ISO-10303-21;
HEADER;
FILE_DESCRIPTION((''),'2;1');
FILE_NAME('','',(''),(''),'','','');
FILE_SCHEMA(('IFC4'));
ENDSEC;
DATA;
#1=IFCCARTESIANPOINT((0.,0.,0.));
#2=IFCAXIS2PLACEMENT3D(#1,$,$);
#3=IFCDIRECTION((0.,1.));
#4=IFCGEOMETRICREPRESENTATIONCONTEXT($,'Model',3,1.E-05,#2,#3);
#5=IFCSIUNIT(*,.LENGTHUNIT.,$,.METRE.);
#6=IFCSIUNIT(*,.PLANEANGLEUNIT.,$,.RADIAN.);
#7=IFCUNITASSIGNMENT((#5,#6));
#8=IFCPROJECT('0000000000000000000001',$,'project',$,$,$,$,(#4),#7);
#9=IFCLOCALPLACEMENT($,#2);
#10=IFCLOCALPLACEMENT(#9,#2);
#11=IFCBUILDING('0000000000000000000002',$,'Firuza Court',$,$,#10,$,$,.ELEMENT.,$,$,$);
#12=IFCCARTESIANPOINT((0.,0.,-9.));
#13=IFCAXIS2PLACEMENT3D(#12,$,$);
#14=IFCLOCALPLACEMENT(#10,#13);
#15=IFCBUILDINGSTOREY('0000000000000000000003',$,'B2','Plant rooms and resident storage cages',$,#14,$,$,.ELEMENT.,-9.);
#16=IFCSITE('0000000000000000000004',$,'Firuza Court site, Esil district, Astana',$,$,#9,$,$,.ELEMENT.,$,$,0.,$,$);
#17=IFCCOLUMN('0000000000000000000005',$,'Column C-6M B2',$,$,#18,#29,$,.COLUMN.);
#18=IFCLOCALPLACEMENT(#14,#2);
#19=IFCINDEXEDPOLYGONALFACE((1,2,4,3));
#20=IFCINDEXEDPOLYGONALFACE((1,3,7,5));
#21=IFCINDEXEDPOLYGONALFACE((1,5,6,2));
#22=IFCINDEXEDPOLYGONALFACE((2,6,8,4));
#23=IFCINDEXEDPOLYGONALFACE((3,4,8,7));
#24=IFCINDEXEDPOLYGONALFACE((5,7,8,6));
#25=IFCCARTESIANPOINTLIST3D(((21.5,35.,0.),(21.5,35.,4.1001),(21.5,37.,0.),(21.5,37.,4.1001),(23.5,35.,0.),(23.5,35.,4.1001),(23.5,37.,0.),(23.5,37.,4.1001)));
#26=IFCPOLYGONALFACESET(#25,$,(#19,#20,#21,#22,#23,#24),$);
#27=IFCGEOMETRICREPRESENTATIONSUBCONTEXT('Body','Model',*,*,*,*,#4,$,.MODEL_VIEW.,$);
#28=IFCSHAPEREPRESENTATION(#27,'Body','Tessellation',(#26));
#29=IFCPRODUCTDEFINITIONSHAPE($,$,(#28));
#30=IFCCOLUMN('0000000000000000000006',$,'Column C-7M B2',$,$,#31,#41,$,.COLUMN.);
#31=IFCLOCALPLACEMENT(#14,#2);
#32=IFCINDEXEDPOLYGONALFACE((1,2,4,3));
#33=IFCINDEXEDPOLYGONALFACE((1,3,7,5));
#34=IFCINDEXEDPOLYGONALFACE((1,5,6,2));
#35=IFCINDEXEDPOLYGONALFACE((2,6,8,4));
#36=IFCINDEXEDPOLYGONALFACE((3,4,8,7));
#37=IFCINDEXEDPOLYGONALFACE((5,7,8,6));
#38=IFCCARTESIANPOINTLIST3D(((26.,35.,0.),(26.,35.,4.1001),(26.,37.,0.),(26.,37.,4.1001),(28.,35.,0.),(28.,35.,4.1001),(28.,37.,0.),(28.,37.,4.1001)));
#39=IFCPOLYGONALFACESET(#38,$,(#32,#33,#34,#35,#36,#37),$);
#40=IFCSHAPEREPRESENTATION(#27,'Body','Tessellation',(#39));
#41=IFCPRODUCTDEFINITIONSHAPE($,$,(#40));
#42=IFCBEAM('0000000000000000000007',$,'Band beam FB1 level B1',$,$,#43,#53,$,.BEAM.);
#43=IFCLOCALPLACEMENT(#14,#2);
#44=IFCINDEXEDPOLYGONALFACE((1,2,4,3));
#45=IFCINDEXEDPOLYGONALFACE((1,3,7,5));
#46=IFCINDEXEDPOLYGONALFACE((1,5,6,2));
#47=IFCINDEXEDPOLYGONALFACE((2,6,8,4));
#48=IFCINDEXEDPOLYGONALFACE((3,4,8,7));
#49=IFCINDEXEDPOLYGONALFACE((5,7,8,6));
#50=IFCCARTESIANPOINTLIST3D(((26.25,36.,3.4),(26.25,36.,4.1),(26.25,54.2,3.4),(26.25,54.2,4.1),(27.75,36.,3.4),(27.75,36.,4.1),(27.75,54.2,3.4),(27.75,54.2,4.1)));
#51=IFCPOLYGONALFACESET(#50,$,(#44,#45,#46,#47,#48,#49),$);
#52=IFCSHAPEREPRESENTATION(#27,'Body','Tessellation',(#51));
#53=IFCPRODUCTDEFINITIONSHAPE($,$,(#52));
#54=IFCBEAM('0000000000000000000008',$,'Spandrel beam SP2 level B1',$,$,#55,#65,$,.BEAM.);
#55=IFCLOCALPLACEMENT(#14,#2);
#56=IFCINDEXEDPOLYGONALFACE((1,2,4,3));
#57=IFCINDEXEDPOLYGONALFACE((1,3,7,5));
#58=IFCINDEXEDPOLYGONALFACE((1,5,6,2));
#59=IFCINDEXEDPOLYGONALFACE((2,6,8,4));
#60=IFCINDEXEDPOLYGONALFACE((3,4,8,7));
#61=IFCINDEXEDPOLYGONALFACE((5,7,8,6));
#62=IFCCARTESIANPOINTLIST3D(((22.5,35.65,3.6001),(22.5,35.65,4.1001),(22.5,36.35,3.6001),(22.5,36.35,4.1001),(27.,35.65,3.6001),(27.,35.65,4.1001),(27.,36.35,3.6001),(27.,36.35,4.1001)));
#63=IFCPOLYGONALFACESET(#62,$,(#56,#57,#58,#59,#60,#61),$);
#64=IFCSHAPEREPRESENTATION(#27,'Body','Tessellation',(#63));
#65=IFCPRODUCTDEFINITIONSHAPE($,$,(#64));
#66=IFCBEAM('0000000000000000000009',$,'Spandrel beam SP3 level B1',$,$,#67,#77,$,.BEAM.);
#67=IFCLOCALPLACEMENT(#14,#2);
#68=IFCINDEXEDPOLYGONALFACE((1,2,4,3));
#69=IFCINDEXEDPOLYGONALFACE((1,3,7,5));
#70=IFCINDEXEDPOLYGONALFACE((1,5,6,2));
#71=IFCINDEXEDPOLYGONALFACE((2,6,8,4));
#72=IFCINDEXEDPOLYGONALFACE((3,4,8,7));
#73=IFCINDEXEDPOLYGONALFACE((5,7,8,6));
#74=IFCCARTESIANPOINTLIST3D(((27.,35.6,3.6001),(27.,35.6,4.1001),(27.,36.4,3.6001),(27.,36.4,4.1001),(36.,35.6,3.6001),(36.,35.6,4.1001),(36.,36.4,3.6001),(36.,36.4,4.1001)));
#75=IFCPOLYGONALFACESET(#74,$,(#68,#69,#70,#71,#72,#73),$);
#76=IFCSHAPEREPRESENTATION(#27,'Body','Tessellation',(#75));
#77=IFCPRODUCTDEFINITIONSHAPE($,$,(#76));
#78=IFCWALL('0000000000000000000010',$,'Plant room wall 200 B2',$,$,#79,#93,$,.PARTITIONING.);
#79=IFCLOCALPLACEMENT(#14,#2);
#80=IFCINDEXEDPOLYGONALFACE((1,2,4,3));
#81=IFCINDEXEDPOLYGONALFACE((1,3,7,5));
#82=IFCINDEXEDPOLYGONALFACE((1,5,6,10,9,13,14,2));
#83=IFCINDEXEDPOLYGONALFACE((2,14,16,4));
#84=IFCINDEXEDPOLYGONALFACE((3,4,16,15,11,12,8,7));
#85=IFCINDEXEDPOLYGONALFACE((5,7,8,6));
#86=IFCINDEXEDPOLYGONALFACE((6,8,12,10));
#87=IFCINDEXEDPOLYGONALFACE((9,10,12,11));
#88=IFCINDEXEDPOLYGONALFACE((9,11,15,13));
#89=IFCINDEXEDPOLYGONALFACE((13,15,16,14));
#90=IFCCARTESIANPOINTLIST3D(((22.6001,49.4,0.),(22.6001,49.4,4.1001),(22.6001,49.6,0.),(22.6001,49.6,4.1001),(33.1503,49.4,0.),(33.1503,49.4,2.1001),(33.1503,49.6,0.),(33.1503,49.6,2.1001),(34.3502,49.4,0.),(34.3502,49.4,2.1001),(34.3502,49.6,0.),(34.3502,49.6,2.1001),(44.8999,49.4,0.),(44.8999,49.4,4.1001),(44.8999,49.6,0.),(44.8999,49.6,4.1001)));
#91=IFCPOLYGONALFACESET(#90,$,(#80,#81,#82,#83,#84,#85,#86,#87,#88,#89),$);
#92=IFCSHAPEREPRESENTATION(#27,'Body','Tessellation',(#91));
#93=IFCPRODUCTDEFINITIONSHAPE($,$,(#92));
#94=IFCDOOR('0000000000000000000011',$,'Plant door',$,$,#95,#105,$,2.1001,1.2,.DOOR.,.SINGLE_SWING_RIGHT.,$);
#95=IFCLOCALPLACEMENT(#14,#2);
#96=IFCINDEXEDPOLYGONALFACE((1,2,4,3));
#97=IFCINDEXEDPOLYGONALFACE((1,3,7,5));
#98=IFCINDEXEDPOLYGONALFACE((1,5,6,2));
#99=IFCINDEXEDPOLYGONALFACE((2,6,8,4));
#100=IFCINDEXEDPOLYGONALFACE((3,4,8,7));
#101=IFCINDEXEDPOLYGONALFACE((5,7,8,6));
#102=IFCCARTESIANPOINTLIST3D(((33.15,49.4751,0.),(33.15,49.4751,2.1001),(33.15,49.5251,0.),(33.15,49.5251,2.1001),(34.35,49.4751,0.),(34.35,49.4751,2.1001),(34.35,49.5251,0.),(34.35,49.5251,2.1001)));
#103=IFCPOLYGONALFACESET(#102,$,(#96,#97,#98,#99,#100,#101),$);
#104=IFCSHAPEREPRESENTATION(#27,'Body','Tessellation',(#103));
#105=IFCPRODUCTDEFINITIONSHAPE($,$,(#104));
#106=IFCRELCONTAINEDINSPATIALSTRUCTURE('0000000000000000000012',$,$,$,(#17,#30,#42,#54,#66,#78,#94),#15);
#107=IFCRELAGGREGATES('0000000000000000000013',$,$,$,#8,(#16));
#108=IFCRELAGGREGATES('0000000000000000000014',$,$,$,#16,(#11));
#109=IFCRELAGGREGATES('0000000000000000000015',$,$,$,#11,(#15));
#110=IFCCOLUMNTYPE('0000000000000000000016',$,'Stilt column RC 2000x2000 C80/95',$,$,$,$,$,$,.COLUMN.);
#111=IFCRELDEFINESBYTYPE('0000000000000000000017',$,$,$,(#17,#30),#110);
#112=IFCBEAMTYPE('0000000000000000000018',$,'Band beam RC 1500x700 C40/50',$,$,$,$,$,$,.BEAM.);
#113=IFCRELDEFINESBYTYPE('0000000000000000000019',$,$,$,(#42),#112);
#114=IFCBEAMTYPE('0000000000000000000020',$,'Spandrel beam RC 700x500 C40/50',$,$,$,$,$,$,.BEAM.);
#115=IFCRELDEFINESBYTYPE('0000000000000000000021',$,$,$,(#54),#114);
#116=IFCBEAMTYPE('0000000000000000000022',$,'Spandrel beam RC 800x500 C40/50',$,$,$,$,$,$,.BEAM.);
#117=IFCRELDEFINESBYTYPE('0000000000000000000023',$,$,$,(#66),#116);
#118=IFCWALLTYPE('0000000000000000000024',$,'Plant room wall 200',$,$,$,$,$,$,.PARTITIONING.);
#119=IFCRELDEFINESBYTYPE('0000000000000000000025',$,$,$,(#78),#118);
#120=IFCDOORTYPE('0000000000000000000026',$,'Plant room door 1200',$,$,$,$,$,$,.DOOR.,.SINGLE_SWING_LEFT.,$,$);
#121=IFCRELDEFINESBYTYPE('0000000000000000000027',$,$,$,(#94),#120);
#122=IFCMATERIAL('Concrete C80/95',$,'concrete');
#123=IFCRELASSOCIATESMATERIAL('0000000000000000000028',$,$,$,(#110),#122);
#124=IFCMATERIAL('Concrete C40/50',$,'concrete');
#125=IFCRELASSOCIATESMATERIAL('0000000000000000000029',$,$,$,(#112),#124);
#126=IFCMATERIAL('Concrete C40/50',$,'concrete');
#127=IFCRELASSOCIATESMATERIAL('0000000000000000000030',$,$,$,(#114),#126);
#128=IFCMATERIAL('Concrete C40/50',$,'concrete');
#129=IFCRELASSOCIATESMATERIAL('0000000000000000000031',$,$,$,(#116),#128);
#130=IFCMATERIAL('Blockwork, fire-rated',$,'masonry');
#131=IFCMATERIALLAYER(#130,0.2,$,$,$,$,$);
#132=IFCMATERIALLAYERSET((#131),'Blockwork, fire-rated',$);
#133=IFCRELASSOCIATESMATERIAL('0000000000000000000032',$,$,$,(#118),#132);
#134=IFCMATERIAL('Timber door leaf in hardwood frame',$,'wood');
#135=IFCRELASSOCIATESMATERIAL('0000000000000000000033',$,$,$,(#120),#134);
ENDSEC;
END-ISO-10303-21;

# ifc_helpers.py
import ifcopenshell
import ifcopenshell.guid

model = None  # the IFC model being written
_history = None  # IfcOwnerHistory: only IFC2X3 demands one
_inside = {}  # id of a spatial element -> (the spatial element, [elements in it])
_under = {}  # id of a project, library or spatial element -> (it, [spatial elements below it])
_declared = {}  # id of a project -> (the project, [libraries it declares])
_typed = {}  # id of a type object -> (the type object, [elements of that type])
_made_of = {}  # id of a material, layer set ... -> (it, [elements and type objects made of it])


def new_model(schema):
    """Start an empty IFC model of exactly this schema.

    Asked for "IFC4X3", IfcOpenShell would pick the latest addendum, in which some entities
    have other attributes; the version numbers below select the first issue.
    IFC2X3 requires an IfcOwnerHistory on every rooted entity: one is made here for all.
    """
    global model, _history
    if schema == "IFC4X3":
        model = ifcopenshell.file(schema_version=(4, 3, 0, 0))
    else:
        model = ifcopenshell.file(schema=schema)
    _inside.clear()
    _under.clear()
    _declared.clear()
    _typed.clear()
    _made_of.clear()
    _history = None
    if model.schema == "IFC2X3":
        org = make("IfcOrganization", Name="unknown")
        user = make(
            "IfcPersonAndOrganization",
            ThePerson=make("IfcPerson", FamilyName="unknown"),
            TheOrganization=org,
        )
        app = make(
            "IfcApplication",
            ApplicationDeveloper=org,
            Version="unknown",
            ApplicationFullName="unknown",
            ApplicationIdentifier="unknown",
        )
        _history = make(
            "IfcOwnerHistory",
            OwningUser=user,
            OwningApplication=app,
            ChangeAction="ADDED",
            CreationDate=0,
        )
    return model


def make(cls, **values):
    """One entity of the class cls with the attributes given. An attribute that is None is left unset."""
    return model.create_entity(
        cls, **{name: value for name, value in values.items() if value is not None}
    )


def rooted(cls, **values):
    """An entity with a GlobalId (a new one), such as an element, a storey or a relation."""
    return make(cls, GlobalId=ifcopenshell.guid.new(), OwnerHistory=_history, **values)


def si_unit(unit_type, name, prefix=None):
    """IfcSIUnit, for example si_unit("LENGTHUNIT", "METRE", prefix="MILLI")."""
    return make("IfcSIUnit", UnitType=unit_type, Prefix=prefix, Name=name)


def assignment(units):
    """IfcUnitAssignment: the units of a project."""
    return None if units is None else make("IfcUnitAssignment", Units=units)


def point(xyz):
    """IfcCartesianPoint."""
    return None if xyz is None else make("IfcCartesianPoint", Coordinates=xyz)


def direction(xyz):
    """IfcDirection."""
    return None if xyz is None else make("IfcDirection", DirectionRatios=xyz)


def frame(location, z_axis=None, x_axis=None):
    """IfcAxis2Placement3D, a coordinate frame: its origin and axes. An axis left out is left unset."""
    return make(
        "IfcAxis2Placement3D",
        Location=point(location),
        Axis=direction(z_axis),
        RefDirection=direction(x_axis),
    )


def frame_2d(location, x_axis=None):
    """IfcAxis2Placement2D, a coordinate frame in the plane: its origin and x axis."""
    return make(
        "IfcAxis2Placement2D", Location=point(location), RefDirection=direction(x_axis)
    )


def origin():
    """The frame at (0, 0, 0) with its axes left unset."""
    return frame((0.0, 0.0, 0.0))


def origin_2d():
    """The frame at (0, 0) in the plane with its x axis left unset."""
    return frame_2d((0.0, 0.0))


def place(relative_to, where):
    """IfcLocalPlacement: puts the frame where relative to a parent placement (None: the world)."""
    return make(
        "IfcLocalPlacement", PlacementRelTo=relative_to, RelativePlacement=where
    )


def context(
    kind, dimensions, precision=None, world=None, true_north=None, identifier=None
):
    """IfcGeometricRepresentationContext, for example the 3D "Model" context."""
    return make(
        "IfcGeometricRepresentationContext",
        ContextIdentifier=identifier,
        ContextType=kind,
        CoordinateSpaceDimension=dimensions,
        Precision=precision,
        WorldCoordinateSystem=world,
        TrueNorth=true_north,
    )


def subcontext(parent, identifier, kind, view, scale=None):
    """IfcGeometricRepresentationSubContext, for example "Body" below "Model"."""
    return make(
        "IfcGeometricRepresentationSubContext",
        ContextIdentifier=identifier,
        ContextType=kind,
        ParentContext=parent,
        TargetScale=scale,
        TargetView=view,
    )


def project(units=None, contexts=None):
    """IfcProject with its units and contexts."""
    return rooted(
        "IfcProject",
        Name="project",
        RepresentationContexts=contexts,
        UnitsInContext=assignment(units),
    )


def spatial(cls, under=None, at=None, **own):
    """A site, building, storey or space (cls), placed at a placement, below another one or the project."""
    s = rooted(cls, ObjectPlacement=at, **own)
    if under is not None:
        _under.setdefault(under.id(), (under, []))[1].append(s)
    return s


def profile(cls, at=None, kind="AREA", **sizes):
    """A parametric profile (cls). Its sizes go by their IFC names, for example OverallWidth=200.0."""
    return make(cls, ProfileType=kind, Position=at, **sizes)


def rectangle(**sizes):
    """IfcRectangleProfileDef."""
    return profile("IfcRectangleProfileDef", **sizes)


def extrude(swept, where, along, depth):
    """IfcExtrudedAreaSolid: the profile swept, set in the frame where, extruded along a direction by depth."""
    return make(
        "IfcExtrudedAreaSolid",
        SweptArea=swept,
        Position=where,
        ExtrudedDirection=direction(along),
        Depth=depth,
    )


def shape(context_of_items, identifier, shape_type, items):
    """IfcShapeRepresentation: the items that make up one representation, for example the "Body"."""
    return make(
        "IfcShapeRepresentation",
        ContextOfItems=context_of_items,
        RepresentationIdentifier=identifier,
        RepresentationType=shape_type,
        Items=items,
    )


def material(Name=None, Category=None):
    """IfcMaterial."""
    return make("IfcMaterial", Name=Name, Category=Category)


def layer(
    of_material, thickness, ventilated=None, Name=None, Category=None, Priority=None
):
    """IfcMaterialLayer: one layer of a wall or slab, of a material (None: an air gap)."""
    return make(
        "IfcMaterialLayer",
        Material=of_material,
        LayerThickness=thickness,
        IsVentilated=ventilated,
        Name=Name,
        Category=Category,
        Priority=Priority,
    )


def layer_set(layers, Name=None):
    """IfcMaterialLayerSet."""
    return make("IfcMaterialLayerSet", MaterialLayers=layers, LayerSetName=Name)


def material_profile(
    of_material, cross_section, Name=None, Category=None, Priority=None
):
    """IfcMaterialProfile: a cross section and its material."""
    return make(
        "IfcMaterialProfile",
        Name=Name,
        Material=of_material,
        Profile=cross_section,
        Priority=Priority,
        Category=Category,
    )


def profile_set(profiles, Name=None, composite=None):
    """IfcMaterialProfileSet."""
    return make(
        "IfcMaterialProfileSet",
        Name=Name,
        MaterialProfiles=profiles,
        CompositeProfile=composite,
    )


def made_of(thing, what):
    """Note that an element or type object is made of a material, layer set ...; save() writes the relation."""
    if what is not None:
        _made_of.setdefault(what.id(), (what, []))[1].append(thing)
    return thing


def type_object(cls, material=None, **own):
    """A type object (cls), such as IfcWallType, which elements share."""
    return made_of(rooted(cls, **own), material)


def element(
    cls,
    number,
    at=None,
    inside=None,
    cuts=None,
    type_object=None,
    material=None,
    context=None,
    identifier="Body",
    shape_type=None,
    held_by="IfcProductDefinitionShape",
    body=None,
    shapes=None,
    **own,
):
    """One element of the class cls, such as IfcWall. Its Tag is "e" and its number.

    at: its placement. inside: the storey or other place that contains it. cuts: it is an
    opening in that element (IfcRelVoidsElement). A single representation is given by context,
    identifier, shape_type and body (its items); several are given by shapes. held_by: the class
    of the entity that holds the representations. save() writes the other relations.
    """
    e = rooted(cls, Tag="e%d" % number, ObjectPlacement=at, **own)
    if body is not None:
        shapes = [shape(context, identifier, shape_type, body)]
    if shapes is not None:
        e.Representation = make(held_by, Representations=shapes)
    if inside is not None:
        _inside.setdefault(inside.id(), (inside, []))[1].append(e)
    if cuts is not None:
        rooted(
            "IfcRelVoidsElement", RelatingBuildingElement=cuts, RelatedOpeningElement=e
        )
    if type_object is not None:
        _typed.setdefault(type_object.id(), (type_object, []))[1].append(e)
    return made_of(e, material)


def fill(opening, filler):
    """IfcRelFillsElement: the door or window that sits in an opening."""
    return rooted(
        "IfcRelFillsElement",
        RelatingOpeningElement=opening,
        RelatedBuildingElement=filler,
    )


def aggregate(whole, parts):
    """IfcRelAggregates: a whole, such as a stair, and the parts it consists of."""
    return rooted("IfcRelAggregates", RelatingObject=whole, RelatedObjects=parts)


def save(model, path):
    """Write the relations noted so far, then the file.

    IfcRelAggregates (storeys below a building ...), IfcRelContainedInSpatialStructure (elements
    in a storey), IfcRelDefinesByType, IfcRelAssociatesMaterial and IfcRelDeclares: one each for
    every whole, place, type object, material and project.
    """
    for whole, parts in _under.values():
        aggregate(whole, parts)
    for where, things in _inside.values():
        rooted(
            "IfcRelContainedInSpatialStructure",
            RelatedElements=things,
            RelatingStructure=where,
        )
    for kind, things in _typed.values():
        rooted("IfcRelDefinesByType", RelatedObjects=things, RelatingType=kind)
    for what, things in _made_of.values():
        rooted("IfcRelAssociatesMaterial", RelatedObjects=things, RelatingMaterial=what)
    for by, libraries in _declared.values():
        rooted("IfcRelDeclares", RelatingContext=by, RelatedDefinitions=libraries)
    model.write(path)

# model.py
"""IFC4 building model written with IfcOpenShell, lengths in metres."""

from ifc_helpers import new_model, si_unit, direction, frame, frame_2d, origin, origin_2d, place, context, subcontext, project, spatial, rectangle, extrude, material, layer, layer_set, material_profile, profile_set, type_object, element, fill, save


model = new_model("IFC4")

# Units and contexts
model_context = context("Model", 3, precision=1e-05, world=origin(), true_north=direction((0.0, 1.0)))
body_context = subcontext(model_context, "Body", "Model", "MODEL_VIEW")
ifc_project = project(units=[si_unit("LENGTHUNIT", "METRE"), si_unit("PLANEANGLEUNIT", "RADIAN")], contexts=[model_context])

# Site, building, storey
site_placement = place(None, origin())
site = spatial("IfcSite", under=ifc_project, at=site_placement, Name="Firuza Court site, Esil district, Astana", CompositionType="ELEMENT", RefElevation=0.0)
building_placement = place(site_placement, origin())
building = spatial("IfcBuilding", under=site, at=building_placement, Name="Firuza Court", CompositionType="ELEMENT")
storey_placement = place(building_placement, frame((0.0, 0.0, -9.0)))
storey = spatial("IfcBuildingStorey", under=building, at=storey_placement, Name="B2", Description="Plant rooms and resident storage cages", CompositionType="ELEMENT", Elevation=-9.0)

# Columns
ifc_material_1 = material(Name="Concrete C80/95", Category="concrete")
ifc_material_profile_1 = material_profile(ifc_material_1, rectangle(XDim=2.0, YDim=2.0, at=origin_2d()), Name="RC 2000x2000")
ifc_profile_set_1 = profile_set([ifc_material_profile_1], Name="Concrete C80/95")
column_type = type_object("IfcColumnType", Name="Stilt column RC 2000x2000 C80/95", PredefinedType="COLUMN", material=ifc_profile_set_1)
for number, where, z_axis, x_axis, name in (
    (1, (22.5, 36.0, 0.0), (0.0, 0.0, 1.0), (1.0, 0.0, 0.0), "Column C-6M B2"),
    (2, (27.0, 36.0, 0.0), (0.0, 0.0, 1.0), (1.0, 0.0, 0.0), "Column C-7M B2"),
):
    element("IfcColumn", number, at=place(storey_placement, frame(where, z_axis=z_axis, x_axis=x_axis)), inside=storey, type_object=column_type, Name=name, PredefinedType="COLUMN", context=body_context, shape_type="SweptSolid", body=[
        extrude(rectangle(XDim=2.0, YDim=2.0, at=origin_2d()), origin(), (0.0, 0.0, 1.0), 4.1001),
    ])

# Beams
ifc_material_2 = material(Name="Concrete C40/50", Category="concrete")
ifc_material_profile_2 = material_profile(ifc_material_2, rectangle(XDim=1.5, YDim=0.7, at=origin_2d()), Name="RC 1500x700")
ifc_profile_set_2 = profile_set([ifc_material_profile_2], Name="Concrete C40/50")
beam_type_1 = type_object("IfcBeamType", Name="Band beam RC 1500x700 C40/50", PredefinedType="BEAM", material=ifc_profile_set_2)
beam_1_placement = place(storey_placement, frame((27.0, 36.0, 3.75), z_axis=(0.0, 1.0, 0.0), x_axis=(-1.0, 0.0, 0.0)))
element("IfcBeam", 3, at=beam_1_placement, inside=storey, type_object=beam_type_1, Name="Band beam FB1 level B1", PredefinedType="BEAM", context=body_context, shape_type="SweptSolid", body=[
    extrude(rectangle(XDim=1.5, YDim=0.7, at=origin_2d()), origin(), (0.0, 0.0, 1.0), 18.2),
])
ifc_material_3 = material(Name="Concrete C40/50", Category="concrete")
ifc_material_profile_3 = material_profile(ifc_material_3, rectangle(XDim=0.7, YDim=0.5, at=origin_2d()), Name="RC 700x500")
ifc_profile_set_3 = profile_set([ifc_material_profile_3], Name="Concrete C40/50")
beam_type_2 = type_object("IfcBeamType", Name="Spandrel beam RC 700x500 C40/50", PredefinedType="BEAM", material=ifc_profile_set_3)
beam_2_placement = place(storey_placement, frame((22.5, 36.0, 3.8501), z_axis=(1.0, 0.0, 0.0), x_axis=(0.0, 1.0, 0.0)))
element("IfcBeam", 4, at=beam_2_placement, inside=storey, type_object=beam_type_2, Name="Spandrel beam SP2 level B1", PredefinedType="BEAM", context=body_context, shape_type="SweptSolid", body=[
    extrude(rectangle(XDim=0.7, YDim=0.5, at=origin_2d()), origin(), (0.0, 0.0, 1.0), 4.5),
])
ifc_material_4 = material(Name="Concrete C40/50", Category="concrete")
ifc_material_profile_4 = material_profile(ifc_material_4, rectangle(XDim=0.8, YDim=0.5, at=origin_2d()), Name="RC 800x500")
ifc_profile_set_4 = profile_set([ifc_material_profile_4], Name="Concrete C40/50")
beam_type_3 = type_object("IfcBeamType", Name="Spandrel beam RC 800x500 C40/50", PredefinedType="BEAM", material=ifc_profile_set_4)
beam_3_placement = place(storey_placement, frame((27.0, 36.0, 3.8501), z_axis=(1.0, 0.0, 0.0), x_axis=(0.0, 1.0, 0.0)))
element("IfcBeam", 5, at=beam_3_placement, inside=storey, type_object=beam_type_3, Name="Spandrel beam SP3 level B1", PredefinedType="BEAM", context=body_context, shape_type="SweptSolid", body=[
    extrude(rectangle(XDim=0.8, YDim=0.5, at=origin_2d()), origin(), (0.0, 0.0, 1.0), 9.0),
])

# Wall, opening, door
ifc_material_5 = material(Name="Blockwork, fire-rated", Category="masonry")
ifc_layer = layer(ifc_material_5, 0.2)
ifc_layer_set = layer_set([ifc_layer], Name="Blockwork, fire-rated")
wall_type = type_object("IfcWallType", Name="Plant room wall 200", PredefinedType="PARTITIONING", material=ifc_layer_set)
wall_placement = place(storey_placement, frame((22.6001, 49.5, 0.0), z_axis=(0.0, 0.0, 1.0), x_axis=(1.0, 0.0, 0.0)))
wall = element("IfcWall", 6, at=wall_placement, inside=storey, type_object=wall_type, Name="Plant room wall 200 B2", PredefinedType="PARTITIONING", context=body_context, shape_type="SweptSolid", body=[
    extrude(rectangle(XDim=22.2998, YDim=0.2, at=frame_2d((11.1499, 0.0))), origin(), (0.0, 0.0, 1.0), 4.1001),
])
opening_placement = place(wall_placement, frame((10.55, 0.0, 0.0)))
opening = element("IfcOpeningElement", 7, at=opening_placement, cuts=wall, PredefinedType="OPENING", context=body_context, shape_type="SweptSolid", body=[
    extrude(rectangle(XDim=1.2, YDim=2.1001, at=frame_2d((0.6001, 1.05))), frame((0.0, 0.1118, 0.0), z_axis=(0.0, -1.0, 0.0), x_axis=(1.0, 0.0, 0.0)), (0.0, 0.0, 1.0), 0.2239),
])
ifc_material_6 = material(Name="Timber door leaf in hardwood frame", Category="wood")
door_type = type_object("IfcDoorType", Name="Plant room door 1200", OperationType="SINGLE_SWING_LEFT", PredefinedType="DOOR", material=ifc_material_6)
door_placement = place(opening_placement, frame((1.2, 0.0, 0.0), z_axis=(0.0, 0.0, 1.0), x_axis=(-1.0, 0.0, 0.0)))
door = element("IfcDoor", 8, at=door_placement, inside=storey, type_object=door_type, Name="Plant door", OperationType="SINGLE_SWING_RIGHT", OverallHeight=2.1001, OverallWidth=1.2, PredefinedType="DOOR", context=body_context, shape_type="SweptSolid", body=[
    extrude(rectangle(XDim=1.2, YDim=2.1001, at=frame_2d((0.6001, 1.05))), frame((0.0, 0.0249, 0.0), z_axis=(0.0, -1.0, 0.0), x_axis=(1.0, 0.0, 0.0)), (0.0, 0.0, 1.0), 0.05),
])
fill(opening, door)

save(model, "model.ifc")
